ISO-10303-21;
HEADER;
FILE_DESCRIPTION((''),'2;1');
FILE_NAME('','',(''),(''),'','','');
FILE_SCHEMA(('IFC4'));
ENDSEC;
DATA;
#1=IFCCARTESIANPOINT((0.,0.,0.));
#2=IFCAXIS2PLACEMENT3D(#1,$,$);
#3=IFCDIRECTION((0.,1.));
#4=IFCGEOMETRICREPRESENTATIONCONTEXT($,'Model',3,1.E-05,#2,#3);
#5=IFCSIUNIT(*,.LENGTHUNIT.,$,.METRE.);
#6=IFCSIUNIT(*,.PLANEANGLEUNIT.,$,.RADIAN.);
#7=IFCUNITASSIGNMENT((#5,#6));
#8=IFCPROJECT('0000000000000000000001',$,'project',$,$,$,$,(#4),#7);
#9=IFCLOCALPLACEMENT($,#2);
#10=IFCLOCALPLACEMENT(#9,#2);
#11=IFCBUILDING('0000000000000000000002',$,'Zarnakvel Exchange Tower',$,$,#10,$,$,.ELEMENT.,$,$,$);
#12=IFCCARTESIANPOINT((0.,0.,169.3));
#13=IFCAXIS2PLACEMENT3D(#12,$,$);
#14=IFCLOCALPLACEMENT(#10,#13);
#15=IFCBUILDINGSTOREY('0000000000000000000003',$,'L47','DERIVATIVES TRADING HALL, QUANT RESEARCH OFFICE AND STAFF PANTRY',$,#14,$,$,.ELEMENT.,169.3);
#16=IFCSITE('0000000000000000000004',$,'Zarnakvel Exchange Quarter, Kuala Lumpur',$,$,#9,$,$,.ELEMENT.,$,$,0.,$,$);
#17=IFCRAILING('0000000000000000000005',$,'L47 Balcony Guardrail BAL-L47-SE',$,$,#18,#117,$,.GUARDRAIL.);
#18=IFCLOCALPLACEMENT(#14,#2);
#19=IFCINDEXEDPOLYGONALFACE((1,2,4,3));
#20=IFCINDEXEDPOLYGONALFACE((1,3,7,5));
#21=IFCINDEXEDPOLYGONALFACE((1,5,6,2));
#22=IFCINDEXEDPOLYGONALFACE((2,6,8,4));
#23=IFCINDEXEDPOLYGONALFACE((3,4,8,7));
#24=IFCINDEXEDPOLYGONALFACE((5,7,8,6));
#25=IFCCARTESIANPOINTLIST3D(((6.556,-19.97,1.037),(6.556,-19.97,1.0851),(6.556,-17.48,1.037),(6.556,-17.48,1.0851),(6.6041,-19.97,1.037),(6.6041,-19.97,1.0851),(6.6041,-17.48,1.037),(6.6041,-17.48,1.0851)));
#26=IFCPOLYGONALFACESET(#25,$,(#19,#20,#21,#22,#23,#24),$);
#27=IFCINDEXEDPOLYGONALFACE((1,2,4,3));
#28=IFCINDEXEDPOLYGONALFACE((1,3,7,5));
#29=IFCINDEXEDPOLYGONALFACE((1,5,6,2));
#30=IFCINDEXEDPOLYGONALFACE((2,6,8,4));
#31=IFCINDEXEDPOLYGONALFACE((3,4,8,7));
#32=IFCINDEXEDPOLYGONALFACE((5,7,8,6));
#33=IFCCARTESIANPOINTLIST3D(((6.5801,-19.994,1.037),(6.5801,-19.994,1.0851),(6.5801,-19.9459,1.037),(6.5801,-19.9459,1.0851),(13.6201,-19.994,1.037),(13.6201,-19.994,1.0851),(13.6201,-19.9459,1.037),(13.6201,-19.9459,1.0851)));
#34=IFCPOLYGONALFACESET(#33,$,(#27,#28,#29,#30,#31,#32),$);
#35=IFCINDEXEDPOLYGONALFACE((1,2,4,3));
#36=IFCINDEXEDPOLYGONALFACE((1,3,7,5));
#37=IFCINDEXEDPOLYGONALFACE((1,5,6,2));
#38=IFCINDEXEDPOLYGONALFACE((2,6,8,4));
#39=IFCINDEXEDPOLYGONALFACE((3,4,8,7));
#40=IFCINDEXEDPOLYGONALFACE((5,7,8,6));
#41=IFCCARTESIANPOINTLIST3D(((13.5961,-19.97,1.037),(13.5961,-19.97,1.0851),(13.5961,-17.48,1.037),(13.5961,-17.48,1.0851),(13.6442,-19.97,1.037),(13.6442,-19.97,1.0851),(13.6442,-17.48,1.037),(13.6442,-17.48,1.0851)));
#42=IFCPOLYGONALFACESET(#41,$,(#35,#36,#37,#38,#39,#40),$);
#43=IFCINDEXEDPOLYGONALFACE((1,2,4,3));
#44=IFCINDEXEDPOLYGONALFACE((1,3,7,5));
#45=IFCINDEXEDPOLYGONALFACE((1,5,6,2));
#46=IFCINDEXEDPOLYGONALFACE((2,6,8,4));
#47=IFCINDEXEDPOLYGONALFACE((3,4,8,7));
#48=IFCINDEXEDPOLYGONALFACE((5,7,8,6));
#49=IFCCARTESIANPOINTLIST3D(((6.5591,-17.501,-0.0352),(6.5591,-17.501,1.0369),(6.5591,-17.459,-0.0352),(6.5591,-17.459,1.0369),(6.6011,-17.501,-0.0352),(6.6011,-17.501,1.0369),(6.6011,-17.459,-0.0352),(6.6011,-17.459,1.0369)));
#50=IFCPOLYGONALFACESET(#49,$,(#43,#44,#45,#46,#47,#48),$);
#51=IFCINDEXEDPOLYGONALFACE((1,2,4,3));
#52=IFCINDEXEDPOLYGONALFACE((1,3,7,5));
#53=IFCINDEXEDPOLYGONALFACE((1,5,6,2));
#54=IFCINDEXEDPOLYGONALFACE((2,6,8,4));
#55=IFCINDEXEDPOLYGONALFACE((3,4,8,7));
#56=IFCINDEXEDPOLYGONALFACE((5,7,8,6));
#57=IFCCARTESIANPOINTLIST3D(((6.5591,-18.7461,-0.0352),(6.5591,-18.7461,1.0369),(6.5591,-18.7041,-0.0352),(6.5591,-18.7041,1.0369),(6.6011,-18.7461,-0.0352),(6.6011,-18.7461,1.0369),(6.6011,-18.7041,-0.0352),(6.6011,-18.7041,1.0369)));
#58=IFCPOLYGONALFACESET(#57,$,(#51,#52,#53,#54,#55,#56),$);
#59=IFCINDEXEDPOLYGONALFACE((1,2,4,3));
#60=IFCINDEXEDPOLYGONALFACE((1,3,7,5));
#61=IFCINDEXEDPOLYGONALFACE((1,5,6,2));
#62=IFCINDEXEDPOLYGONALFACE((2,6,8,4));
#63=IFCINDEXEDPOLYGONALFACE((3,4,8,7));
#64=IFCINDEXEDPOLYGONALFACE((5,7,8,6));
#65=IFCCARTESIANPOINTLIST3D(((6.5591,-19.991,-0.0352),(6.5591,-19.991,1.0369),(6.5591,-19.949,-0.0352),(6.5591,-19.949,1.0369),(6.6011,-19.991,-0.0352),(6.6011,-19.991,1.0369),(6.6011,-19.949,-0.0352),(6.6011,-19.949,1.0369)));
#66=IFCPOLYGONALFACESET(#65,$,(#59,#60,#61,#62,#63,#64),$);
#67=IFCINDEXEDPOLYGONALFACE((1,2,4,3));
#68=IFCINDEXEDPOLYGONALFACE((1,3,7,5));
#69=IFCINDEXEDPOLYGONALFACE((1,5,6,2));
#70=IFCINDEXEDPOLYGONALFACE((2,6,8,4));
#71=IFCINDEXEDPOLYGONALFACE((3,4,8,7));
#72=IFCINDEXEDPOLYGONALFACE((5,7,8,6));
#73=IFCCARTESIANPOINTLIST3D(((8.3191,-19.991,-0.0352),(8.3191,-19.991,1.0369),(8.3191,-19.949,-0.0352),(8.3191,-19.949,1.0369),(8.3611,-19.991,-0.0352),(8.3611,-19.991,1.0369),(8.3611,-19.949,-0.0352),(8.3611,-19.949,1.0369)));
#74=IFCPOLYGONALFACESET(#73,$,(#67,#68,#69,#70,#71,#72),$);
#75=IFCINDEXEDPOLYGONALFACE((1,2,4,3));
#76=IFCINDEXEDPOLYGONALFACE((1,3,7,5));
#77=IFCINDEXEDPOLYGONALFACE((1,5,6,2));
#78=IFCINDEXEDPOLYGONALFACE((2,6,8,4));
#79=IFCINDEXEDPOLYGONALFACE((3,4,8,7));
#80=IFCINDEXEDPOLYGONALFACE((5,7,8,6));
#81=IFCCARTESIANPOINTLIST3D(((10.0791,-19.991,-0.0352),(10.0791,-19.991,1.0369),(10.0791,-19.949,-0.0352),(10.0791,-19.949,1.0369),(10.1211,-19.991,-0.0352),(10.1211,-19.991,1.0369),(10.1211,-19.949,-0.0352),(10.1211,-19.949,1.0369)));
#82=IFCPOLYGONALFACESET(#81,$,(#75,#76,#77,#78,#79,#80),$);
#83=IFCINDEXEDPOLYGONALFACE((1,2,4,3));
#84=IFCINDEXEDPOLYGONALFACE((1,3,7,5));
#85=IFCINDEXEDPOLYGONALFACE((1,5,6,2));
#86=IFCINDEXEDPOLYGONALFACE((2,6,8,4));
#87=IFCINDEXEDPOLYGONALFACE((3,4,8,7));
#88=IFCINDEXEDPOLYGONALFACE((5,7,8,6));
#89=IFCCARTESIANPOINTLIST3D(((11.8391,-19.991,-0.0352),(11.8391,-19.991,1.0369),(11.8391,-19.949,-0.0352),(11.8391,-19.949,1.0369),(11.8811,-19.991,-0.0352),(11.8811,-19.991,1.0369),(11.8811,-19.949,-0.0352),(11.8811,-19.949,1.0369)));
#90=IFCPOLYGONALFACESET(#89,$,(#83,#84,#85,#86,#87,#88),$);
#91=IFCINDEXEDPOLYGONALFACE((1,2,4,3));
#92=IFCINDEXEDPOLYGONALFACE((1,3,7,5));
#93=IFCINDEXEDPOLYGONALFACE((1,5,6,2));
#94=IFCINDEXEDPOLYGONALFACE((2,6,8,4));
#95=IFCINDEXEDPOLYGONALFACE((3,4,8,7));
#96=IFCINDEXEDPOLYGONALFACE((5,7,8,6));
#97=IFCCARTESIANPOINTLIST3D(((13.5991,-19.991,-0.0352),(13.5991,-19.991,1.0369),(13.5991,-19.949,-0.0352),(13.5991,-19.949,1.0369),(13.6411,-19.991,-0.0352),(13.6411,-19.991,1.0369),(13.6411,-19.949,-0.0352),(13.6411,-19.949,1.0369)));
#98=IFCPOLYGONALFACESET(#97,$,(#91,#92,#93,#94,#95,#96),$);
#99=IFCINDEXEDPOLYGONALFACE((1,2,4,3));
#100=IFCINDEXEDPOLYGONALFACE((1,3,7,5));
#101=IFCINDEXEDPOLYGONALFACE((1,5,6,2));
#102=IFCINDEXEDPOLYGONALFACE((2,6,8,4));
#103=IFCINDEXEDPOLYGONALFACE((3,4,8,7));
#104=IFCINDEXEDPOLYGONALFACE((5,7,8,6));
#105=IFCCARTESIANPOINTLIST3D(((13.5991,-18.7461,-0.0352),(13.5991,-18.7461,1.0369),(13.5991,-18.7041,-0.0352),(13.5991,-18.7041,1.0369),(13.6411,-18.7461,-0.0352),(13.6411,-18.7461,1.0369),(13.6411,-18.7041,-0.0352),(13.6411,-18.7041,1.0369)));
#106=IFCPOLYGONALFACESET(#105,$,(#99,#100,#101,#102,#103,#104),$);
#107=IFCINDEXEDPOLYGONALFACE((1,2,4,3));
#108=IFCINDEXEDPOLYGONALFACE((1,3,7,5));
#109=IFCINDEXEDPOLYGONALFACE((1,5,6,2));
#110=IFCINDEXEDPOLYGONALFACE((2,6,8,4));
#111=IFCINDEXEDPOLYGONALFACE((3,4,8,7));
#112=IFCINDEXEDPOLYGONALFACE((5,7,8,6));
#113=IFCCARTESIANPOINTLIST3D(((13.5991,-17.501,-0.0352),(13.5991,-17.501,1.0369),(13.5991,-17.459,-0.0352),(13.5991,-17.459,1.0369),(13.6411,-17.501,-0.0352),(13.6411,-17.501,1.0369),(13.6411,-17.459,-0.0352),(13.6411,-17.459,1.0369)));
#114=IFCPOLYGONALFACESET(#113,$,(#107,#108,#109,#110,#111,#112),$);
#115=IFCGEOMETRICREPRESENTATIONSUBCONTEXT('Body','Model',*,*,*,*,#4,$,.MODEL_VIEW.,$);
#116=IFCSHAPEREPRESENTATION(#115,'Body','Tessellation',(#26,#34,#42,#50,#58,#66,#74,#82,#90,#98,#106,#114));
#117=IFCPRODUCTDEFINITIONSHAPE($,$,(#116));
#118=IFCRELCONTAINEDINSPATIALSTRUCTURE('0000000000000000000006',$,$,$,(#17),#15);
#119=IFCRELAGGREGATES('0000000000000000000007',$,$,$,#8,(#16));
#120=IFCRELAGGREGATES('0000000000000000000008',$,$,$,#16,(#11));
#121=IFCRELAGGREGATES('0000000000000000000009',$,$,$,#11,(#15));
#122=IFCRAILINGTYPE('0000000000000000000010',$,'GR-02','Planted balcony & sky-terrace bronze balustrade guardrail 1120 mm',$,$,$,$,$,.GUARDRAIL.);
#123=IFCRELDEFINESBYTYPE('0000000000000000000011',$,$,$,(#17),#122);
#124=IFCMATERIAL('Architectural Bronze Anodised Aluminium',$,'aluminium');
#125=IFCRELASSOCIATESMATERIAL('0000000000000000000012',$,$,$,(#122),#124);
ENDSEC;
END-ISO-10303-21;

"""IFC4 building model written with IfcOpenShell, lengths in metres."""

from ifc_helpers import new_model, si_unit, direction, frame, origin, origin_2d, place, context, subcontext, project, spatial, rectangle, extrude, material, type_object, element, save


model = new_model("IFC4")

# Units and contexts
model_context = context("Model", 3, precision=1e-05, world=origin(), true_north=direction((0.0, 1.0)))
body_context = subcontext(model_context, "Body", "Model", "MODEL_VIEW")
ifc_project = project(units=[si_unit("LENGTHUNIT", "METRE"), si_unit("PLANEANGLEUNIT", "RADIAN")], contexts=[model_context])

# Site, building, storey
site_placement = place(None, origin())
site = spatial("IfcSite", under=ifc_project, at=site_placement, Name="Zarnakvel Exchange Quarter, Kuala Lumpur", CompositionType="ELEMENT", RefElevation=0.0)
building_placement = place(site_placement, origin())
building = spatial("IfcBuilding", under=site, at=building_placement, Name="Zarnakvel Exchange Tower", CompositionType="ELEMENT")
storey_placement = place(building_placement, frame((0.0, 0.0, 169.3)))
storey = spatial("IfcBuildingStorey", under=building, at=storey_placement, Name="L47", Description="DERIVATIVES TRADING HALL, QUANT RESEARCH OFFICE AND STAFF PANTRY", CompositionType="ELEMENT", Elevation=169.3)

# Shared definitions
ifc_material_1 = material(Name="Architectural Bronze Anodised Aluminium", Category="aluminium")

# Railing
railing_type = type_object("IfcRailingType", Name="GR-02", Description="Planted balcony & sky-terrace bronze balustrade guardrail 1120 mm", PredefinedType="GUARDRAIL", material=ifc_material_1)
railing_placement = place(storey_placement, frame((6.5801, -17.48, -0.0352)))
element("IfcRailing", 1, at=railing_placement, inside=storey, type_object=railing_type, Name="L47 Balcony Guardrail BAL-L47-SE", PredefinedType="GUARDRAIL", context=body_context, shape_type="SweptSolid", body=[
    extrude(rectangle(XDim=0.0481, YDim=0.0481, at=origin_2d()), frame((0.0, 0.0, 1.0962), z_axis=(0.0, -1.0, 0.0), x_axis=(1.0, 0.0, 0.0)), (0.0, 0.0, 1.0), 2.49),
    extrude(rectangle(XDim=0.0481, YDim=0.0481, at=origin_2d()), frame((0.0, -2.49, 1.0962), z_axis=(1.0, 0.0, 0.0), x_axis=(0.0, 1.0, 0.0)), (0.0, 0.0, 1.0), 7.04),
    extrude(rectangle(XDim=0.0481, YDim=0.0481, at=origin_2d()), frame((7.04, -2.49, 1.0962), z_axis=(0.0, 1.0, 0.0), x_axis=(-1.0, 0.0, 0.0)), (0.0, 0.0, 1.0), 2.49),
    extrude(rectangle(XDim=0.042, YDim=0.042, at=origin_2d()), origin(), (0.0, 0.0, 1.0), 1.072),
    extrude(rectangle(XDim=0.042, YDim=0.042, at=origin_2d()), frame((0.0, -1.2451, 0.0)), (0.0, 0.0, 1.0), 1.072),
    extrude(rectangle(XDim=0.042, YDim=0.042, at=origin_2d()), frame((0.0, -2.49, 0.0)), (0.0, 0.0, 1.0), 1.072),
    extrude(rectangle(XDim=0.042, YDim=0.042, at=origin_2d()), frame((1.76, -2.49, 0.0)), (0.0, 0.0, 1.0), 1.072),
    extrude(rectangle(XDim=0.042, YDim=0.042, at=origin_2d()), frame((3.52, -2.49, 0.0)), (0.0, 0.0, 1.0), 1.072),
    extrude(rectangle(XDim=0.042, YDim=0.042, at=origin_2d()), frame((5.28, -2.49, 0.0)), (0.0, 0.0, 1.0), 1.072),
    extrude(rectangle(XDim=0.042, YDim=0.042, at=origin_2d()), frame((7.04, -2.49, 0.0)), (0.0, 0.0, 1.0), 1.072),
    extrude(rectangle(XDim=0.042, YDim=0.042, at=origin_2d()), frame((7.04, -1.2451, 0.0)), (0.0, 0.0, 1.0), 1.072),
    extrude(rectangle(XDim=0.042, YDim=0.042, at=origin_2d()), frame((7.04, 0.0, 0.0)), (0.0, 0.0, 1.0), 1.072),
])

save(model, "model.ifc")
